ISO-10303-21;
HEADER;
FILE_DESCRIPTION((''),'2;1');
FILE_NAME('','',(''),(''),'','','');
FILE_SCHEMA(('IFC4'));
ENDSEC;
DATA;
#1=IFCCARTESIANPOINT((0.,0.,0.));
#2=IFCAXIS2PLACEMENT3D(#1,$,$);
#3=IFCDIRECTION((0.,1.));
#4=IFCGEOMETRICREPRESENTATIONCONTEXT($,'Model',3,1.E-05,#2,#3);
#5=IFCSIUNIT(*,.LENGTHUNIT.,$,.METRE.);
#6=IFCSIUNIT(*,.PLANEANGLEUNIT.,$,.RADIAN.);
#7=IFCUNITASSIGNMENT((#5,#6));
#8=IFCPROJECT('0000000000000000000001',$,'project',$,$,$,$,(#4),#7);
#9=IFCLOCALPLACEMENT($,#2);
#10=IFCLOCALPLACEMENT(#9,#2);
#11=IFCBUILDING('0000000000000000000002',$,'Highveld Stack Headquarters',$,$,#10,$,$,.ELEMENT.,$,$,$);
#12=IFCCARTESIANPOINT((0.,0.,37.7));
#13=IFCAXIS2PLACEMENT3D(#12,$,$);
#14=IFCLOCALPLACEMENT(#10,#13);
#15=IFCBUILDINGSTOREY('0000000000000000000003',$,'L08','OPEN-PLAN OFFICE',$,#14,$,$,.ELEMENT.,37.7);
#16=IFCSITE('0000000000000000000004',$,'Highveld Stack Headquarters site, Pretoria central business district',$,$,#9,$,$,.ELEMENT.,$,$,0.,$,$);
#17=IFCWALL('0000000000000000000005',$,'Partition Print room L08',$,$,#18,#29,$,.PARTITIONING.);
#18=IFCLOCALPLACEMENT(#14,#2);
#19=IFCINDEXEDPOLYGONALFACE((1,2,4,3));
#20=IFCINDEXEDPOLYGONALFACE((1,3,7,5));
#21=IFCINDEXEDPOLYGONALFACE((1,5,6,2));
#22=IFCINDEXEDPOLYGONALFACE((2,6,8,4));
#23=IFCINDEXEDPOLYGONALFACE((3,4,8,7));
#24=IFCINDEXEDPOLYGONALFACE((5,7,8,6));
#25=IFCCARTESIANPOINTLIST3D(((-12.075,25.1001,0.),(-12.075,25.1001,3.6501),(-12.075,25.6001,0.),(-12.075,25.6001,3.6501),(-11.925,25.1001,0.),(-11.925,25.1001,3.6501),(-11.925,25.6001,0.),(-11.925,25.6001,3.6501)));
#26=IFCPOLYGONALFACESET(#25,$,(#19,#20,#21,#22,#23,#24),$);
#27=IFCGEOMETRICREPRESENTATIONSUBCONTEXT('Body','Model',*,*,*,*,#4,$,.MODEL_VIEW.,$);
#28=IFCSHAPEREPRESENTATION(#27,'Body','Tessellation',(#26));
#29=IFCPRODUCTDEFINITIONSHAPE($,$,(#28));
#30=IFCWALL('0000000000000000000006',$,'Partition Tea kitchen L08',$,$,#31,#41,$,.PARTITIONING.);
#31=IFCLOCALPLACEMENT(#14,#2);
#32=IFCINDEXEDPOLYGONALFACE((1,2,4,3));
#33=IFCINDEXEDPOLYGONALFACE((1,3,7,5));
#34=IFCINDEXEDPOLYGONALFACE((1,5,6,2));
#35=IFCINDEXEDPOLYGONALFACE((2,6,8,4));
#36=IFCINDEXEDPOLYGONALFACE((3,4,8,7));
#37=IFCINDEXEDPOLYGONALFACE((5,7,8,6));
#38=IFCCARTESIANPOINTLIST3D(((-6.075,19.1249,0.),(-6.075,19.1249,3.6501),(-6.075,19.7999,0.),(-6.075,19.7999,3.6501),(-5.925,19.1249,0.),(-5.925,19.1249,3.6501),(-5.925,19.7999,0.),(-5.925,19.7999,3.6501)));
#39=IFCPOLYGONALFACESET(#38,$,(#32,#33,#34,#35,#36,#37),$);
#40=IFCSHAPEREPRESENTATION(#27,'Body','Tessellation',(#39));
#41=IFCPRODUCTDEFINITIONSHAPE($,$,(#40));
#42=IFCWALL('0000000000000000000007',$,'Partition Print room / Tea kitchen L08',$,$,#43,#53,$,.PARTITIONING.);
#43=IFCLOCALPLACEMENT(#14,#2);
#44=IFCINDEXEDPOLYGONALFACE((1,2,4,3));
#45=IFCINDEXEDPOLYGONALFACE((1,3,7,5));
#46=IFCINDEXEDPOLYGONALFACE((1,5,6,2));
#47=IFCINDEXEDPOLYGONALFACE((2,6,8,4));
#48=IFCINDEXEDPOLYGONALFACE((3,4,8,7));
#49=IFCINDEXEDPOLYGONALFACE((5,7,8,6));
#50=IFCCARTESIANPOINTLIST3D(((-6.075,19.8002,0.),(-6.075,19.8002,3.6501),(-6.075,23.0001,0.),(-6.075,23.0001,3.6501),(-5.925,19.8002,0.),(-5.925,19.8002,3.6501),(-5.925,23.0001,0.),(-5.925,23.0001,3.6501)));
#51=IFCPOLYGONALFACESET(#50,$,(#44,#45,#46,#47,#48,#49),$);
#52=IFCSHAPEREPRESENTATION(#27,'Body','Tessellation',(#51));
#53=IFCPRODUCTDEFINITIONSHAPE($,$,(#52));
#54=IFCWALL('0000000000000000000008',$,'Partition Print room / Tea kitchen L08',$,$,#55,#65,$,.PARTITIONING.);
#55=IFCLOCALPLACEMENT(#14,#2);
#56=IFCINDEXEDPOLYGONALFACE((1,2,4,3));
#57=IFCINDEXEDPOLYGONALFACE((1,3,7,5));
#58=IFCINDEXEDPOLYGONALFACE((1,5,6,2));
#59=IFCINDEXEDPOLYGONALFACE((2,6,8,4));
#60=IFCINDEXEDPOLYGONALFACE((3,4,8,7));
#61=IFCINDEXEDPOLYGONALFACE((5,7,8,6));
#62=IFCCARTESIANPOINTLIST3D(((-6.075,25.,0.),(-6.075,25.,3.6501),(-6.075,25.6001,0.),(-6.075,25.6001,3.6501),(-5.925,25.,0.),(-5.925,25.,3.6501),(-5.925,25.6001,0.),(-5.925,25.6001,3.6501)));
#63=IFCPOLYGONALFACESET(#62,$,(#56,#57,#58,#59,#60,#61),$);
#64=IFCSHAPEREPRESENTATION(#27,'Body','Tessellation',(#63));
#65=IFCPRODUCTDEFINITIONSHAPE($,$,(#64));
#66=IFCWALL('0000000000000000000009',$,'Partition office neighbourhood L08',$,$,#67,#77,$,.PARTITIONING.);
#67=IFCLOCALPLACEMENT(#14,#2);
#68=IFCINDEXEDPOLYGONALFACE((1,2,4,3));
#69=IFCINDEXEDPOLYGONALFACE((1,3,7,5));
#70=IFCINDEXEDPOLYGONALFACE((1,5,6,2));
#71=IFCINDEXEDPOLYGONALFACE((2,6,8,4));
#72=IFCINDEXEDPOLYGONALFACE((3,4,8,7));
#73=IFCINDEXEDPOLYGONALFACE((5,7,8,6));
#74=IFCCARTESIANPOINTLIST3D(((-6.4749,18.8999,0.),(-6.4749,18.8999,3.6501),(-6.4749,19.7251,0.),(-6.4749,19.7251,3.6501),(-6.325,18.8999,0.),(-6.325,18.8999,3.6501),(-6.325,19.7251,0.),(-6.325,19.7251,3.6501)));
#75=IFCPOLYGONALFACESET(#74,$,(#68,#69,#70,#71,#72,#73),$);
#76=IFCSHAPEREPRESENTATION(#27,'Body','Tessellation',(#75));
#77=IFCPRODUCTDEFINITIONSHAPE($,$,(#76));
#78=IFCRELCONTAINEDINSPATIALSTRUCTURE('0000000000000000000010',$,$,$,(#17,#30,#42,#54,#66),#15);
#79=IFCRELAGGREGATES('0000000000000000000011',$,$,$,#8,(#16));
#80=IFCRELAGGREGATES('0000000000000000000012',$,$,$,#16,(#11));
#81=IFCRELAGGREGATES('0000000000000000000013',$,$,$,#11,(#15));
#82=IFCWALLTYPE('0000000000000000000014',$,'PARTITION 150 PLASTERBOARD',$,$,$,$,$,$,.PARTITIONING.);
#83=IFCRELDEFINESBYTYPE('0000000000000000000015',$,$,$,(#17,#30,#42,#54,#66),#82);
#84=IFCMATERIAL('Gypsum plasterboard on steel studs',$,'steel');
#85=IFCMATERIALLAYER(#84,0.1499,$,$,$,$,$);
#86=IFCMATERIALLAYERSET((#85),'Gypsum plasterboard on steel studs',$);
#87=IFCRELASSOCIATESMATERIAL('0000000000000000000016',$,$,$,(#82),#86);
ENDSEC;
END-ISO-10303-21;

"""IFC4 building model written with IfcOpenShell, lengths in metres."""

from ifc_helpers import new_model, si_unit, direction, frame, frame_2d, origin, place, context, subcontext, project, spatial, rectangle, extrude, material, layer, layer_set, type_object, element, save


model = new_model("IFC4")

# Units and contexts
model_context = context("Model", 3, precision=1e-05, world=origin(), true_north=direction((0.0, 1.0)))
body_context = subcontext(model_context, "Body", "Model", "MODEL_VIEW")
ifc_project = project(units=[si_unit("LENGTHUNIT", "METRE"), si_unit("PLANEANGLEUNIT", "RADIAN")], contexts=[model_context])

# Site, building, storey
site_placement = place(None, origin())
site = spatial("IfcSite", under=ifc_project, at=site_placement, Name="Highveld Stack Headquarters site, Pretoria central business district", CompositionType="ELEMENT", RefElevation=0.0)
building_placement = place(site_placement, origin())
building = spatial("IfcBuilding", under=site, at=building_placement, Name="Highveld Stack Headquarters", CompositionType="ELEMENT")
storey_placement = place(building_placement, frame((0.0, 0.0, 37.7)))
storey = spatial("IfcBuildingStorey", under=building, at=storey_placement, Name="L08", Description="OPEN-PLAN OFFICE", CompositionType="ELEMENT", Elevation=37.7)

# Shared definitions
ifc_material_1 = material(Name="Gypsum plasterboard on steel studs", Category="steel")
ifc_layer_1 = layer(ifc_material_1, 0.1499)
ifc_layer_set_1 = layer_set([ifc_layer_1], Name="Gypsum plasterboard on steel studs")
wall_type = type_object("IfcWallType", Name="PARTITION 150 PLASTERBOARD", PredefinedType="PARTITIONING", material=ifc_layer_set_1)

# Walls
wall_1_placement = place(storey_placement, frame((-12.0, 25.1001, 0.0), z_axis=(0.0, 0.0, 1.0), x_axis=(0.0, 1.0, 0.0)))
element("IfcWall", 1, at=wall_1_placement, inside=storey, type_object=wall_type, Name="Partition Print room L08", PredefinedType="PARTITIONING", context=body_context, shape_type="SweptSolid", body=[
    extrude(rectangle(XDim=0.5, YDim=0.1499, at=frame_2d((0.25, 0.0))), origin(), (0.0, 0.0, 1.0), 3.6501),
])
wall_2_placement = place(storey_placement, frame((-6.0, 19.125, 0.0), z_axis=(0.0, 0.0, 1.0), x_axis=(0.0, 1.0, 0.0)))
element("IfcWall", 2, at=wall_2_placement, inside=storey, type_object=wall_type, Name="Partition Tea kitchen L08", PredefinedType="PARTITIONING", context=body_context, shape_type="SweptSolid", body=[
    extrude(rectangle(XDim=0.675, YDim=0.1499, at=frame_2d((0.3374, 0.0))), origin(), (0.0, 0.0, 1.0), 3.6501),
])
wall_3_placement = place(storey_placement, frame((-6.0, 19.8, 0.0), z_axis=(0.0, 0.0, 1.0), x_axis=(0.0, 1.0, 0.0)))
element("IfcWall", 3, at=wall_3_placement, inside=storey, type_object=wall_type, Name="Partition Print room / Tea kitchen L08", PredefinedType="PARTITIONING", context=body_context, shape_type="SweptSolid", body=[
    extrude(rectangle(XDim=3.2, YDim=0.1499, at=frame_2d((1.6001, 0.0))), origin(), (0.0, 0.0, 1.0), 3.6501),
])
wall_4_placement = place(storey_placement, frame((-6.0, 25.0, 0.0), z_axis=(0.0, 0.0, 1.0), x_axis=(0.0, 1.0, 0.0)))
element("IfcWall", 4, at=wall_4_placement, inside=storey, type_object=wall_type, Name="Partition Print room / Tea kitchen L08", PredefinedType="PARTITIONING", context=body_context, shape_type="SweptSolid", body=[
    extrude(rectangle(XDim=0.6001, YDim=0.1499, at=frame_2d((0.3, 0.0))), origin(), (0.0, 0.0, 1.0), 3.6501),
])
wall_5_placement = place(storey_placement, frame((-6.3999, 18.8999, 0.0), z_axis=(0.0, 0.0, 1.0), x_axis=(0.0, 1.0, 0.0)))
element("IfcWall", 5, at=wall_5_placement, inside=storey, type_object=wall_type, Name="Partition office neighbourhood L08", PredefinedType="PARTITIONING", context=body_context, shape_type="SweptSolid", body=[
    extrude(rectangle(XDim=0.8252, YDim=0.1499, at=frame_2d((0.4126, 0.0))), origin(), (0.0, 0.0, 1.0), 3.6501),
])

save(model, "model.ifc")
